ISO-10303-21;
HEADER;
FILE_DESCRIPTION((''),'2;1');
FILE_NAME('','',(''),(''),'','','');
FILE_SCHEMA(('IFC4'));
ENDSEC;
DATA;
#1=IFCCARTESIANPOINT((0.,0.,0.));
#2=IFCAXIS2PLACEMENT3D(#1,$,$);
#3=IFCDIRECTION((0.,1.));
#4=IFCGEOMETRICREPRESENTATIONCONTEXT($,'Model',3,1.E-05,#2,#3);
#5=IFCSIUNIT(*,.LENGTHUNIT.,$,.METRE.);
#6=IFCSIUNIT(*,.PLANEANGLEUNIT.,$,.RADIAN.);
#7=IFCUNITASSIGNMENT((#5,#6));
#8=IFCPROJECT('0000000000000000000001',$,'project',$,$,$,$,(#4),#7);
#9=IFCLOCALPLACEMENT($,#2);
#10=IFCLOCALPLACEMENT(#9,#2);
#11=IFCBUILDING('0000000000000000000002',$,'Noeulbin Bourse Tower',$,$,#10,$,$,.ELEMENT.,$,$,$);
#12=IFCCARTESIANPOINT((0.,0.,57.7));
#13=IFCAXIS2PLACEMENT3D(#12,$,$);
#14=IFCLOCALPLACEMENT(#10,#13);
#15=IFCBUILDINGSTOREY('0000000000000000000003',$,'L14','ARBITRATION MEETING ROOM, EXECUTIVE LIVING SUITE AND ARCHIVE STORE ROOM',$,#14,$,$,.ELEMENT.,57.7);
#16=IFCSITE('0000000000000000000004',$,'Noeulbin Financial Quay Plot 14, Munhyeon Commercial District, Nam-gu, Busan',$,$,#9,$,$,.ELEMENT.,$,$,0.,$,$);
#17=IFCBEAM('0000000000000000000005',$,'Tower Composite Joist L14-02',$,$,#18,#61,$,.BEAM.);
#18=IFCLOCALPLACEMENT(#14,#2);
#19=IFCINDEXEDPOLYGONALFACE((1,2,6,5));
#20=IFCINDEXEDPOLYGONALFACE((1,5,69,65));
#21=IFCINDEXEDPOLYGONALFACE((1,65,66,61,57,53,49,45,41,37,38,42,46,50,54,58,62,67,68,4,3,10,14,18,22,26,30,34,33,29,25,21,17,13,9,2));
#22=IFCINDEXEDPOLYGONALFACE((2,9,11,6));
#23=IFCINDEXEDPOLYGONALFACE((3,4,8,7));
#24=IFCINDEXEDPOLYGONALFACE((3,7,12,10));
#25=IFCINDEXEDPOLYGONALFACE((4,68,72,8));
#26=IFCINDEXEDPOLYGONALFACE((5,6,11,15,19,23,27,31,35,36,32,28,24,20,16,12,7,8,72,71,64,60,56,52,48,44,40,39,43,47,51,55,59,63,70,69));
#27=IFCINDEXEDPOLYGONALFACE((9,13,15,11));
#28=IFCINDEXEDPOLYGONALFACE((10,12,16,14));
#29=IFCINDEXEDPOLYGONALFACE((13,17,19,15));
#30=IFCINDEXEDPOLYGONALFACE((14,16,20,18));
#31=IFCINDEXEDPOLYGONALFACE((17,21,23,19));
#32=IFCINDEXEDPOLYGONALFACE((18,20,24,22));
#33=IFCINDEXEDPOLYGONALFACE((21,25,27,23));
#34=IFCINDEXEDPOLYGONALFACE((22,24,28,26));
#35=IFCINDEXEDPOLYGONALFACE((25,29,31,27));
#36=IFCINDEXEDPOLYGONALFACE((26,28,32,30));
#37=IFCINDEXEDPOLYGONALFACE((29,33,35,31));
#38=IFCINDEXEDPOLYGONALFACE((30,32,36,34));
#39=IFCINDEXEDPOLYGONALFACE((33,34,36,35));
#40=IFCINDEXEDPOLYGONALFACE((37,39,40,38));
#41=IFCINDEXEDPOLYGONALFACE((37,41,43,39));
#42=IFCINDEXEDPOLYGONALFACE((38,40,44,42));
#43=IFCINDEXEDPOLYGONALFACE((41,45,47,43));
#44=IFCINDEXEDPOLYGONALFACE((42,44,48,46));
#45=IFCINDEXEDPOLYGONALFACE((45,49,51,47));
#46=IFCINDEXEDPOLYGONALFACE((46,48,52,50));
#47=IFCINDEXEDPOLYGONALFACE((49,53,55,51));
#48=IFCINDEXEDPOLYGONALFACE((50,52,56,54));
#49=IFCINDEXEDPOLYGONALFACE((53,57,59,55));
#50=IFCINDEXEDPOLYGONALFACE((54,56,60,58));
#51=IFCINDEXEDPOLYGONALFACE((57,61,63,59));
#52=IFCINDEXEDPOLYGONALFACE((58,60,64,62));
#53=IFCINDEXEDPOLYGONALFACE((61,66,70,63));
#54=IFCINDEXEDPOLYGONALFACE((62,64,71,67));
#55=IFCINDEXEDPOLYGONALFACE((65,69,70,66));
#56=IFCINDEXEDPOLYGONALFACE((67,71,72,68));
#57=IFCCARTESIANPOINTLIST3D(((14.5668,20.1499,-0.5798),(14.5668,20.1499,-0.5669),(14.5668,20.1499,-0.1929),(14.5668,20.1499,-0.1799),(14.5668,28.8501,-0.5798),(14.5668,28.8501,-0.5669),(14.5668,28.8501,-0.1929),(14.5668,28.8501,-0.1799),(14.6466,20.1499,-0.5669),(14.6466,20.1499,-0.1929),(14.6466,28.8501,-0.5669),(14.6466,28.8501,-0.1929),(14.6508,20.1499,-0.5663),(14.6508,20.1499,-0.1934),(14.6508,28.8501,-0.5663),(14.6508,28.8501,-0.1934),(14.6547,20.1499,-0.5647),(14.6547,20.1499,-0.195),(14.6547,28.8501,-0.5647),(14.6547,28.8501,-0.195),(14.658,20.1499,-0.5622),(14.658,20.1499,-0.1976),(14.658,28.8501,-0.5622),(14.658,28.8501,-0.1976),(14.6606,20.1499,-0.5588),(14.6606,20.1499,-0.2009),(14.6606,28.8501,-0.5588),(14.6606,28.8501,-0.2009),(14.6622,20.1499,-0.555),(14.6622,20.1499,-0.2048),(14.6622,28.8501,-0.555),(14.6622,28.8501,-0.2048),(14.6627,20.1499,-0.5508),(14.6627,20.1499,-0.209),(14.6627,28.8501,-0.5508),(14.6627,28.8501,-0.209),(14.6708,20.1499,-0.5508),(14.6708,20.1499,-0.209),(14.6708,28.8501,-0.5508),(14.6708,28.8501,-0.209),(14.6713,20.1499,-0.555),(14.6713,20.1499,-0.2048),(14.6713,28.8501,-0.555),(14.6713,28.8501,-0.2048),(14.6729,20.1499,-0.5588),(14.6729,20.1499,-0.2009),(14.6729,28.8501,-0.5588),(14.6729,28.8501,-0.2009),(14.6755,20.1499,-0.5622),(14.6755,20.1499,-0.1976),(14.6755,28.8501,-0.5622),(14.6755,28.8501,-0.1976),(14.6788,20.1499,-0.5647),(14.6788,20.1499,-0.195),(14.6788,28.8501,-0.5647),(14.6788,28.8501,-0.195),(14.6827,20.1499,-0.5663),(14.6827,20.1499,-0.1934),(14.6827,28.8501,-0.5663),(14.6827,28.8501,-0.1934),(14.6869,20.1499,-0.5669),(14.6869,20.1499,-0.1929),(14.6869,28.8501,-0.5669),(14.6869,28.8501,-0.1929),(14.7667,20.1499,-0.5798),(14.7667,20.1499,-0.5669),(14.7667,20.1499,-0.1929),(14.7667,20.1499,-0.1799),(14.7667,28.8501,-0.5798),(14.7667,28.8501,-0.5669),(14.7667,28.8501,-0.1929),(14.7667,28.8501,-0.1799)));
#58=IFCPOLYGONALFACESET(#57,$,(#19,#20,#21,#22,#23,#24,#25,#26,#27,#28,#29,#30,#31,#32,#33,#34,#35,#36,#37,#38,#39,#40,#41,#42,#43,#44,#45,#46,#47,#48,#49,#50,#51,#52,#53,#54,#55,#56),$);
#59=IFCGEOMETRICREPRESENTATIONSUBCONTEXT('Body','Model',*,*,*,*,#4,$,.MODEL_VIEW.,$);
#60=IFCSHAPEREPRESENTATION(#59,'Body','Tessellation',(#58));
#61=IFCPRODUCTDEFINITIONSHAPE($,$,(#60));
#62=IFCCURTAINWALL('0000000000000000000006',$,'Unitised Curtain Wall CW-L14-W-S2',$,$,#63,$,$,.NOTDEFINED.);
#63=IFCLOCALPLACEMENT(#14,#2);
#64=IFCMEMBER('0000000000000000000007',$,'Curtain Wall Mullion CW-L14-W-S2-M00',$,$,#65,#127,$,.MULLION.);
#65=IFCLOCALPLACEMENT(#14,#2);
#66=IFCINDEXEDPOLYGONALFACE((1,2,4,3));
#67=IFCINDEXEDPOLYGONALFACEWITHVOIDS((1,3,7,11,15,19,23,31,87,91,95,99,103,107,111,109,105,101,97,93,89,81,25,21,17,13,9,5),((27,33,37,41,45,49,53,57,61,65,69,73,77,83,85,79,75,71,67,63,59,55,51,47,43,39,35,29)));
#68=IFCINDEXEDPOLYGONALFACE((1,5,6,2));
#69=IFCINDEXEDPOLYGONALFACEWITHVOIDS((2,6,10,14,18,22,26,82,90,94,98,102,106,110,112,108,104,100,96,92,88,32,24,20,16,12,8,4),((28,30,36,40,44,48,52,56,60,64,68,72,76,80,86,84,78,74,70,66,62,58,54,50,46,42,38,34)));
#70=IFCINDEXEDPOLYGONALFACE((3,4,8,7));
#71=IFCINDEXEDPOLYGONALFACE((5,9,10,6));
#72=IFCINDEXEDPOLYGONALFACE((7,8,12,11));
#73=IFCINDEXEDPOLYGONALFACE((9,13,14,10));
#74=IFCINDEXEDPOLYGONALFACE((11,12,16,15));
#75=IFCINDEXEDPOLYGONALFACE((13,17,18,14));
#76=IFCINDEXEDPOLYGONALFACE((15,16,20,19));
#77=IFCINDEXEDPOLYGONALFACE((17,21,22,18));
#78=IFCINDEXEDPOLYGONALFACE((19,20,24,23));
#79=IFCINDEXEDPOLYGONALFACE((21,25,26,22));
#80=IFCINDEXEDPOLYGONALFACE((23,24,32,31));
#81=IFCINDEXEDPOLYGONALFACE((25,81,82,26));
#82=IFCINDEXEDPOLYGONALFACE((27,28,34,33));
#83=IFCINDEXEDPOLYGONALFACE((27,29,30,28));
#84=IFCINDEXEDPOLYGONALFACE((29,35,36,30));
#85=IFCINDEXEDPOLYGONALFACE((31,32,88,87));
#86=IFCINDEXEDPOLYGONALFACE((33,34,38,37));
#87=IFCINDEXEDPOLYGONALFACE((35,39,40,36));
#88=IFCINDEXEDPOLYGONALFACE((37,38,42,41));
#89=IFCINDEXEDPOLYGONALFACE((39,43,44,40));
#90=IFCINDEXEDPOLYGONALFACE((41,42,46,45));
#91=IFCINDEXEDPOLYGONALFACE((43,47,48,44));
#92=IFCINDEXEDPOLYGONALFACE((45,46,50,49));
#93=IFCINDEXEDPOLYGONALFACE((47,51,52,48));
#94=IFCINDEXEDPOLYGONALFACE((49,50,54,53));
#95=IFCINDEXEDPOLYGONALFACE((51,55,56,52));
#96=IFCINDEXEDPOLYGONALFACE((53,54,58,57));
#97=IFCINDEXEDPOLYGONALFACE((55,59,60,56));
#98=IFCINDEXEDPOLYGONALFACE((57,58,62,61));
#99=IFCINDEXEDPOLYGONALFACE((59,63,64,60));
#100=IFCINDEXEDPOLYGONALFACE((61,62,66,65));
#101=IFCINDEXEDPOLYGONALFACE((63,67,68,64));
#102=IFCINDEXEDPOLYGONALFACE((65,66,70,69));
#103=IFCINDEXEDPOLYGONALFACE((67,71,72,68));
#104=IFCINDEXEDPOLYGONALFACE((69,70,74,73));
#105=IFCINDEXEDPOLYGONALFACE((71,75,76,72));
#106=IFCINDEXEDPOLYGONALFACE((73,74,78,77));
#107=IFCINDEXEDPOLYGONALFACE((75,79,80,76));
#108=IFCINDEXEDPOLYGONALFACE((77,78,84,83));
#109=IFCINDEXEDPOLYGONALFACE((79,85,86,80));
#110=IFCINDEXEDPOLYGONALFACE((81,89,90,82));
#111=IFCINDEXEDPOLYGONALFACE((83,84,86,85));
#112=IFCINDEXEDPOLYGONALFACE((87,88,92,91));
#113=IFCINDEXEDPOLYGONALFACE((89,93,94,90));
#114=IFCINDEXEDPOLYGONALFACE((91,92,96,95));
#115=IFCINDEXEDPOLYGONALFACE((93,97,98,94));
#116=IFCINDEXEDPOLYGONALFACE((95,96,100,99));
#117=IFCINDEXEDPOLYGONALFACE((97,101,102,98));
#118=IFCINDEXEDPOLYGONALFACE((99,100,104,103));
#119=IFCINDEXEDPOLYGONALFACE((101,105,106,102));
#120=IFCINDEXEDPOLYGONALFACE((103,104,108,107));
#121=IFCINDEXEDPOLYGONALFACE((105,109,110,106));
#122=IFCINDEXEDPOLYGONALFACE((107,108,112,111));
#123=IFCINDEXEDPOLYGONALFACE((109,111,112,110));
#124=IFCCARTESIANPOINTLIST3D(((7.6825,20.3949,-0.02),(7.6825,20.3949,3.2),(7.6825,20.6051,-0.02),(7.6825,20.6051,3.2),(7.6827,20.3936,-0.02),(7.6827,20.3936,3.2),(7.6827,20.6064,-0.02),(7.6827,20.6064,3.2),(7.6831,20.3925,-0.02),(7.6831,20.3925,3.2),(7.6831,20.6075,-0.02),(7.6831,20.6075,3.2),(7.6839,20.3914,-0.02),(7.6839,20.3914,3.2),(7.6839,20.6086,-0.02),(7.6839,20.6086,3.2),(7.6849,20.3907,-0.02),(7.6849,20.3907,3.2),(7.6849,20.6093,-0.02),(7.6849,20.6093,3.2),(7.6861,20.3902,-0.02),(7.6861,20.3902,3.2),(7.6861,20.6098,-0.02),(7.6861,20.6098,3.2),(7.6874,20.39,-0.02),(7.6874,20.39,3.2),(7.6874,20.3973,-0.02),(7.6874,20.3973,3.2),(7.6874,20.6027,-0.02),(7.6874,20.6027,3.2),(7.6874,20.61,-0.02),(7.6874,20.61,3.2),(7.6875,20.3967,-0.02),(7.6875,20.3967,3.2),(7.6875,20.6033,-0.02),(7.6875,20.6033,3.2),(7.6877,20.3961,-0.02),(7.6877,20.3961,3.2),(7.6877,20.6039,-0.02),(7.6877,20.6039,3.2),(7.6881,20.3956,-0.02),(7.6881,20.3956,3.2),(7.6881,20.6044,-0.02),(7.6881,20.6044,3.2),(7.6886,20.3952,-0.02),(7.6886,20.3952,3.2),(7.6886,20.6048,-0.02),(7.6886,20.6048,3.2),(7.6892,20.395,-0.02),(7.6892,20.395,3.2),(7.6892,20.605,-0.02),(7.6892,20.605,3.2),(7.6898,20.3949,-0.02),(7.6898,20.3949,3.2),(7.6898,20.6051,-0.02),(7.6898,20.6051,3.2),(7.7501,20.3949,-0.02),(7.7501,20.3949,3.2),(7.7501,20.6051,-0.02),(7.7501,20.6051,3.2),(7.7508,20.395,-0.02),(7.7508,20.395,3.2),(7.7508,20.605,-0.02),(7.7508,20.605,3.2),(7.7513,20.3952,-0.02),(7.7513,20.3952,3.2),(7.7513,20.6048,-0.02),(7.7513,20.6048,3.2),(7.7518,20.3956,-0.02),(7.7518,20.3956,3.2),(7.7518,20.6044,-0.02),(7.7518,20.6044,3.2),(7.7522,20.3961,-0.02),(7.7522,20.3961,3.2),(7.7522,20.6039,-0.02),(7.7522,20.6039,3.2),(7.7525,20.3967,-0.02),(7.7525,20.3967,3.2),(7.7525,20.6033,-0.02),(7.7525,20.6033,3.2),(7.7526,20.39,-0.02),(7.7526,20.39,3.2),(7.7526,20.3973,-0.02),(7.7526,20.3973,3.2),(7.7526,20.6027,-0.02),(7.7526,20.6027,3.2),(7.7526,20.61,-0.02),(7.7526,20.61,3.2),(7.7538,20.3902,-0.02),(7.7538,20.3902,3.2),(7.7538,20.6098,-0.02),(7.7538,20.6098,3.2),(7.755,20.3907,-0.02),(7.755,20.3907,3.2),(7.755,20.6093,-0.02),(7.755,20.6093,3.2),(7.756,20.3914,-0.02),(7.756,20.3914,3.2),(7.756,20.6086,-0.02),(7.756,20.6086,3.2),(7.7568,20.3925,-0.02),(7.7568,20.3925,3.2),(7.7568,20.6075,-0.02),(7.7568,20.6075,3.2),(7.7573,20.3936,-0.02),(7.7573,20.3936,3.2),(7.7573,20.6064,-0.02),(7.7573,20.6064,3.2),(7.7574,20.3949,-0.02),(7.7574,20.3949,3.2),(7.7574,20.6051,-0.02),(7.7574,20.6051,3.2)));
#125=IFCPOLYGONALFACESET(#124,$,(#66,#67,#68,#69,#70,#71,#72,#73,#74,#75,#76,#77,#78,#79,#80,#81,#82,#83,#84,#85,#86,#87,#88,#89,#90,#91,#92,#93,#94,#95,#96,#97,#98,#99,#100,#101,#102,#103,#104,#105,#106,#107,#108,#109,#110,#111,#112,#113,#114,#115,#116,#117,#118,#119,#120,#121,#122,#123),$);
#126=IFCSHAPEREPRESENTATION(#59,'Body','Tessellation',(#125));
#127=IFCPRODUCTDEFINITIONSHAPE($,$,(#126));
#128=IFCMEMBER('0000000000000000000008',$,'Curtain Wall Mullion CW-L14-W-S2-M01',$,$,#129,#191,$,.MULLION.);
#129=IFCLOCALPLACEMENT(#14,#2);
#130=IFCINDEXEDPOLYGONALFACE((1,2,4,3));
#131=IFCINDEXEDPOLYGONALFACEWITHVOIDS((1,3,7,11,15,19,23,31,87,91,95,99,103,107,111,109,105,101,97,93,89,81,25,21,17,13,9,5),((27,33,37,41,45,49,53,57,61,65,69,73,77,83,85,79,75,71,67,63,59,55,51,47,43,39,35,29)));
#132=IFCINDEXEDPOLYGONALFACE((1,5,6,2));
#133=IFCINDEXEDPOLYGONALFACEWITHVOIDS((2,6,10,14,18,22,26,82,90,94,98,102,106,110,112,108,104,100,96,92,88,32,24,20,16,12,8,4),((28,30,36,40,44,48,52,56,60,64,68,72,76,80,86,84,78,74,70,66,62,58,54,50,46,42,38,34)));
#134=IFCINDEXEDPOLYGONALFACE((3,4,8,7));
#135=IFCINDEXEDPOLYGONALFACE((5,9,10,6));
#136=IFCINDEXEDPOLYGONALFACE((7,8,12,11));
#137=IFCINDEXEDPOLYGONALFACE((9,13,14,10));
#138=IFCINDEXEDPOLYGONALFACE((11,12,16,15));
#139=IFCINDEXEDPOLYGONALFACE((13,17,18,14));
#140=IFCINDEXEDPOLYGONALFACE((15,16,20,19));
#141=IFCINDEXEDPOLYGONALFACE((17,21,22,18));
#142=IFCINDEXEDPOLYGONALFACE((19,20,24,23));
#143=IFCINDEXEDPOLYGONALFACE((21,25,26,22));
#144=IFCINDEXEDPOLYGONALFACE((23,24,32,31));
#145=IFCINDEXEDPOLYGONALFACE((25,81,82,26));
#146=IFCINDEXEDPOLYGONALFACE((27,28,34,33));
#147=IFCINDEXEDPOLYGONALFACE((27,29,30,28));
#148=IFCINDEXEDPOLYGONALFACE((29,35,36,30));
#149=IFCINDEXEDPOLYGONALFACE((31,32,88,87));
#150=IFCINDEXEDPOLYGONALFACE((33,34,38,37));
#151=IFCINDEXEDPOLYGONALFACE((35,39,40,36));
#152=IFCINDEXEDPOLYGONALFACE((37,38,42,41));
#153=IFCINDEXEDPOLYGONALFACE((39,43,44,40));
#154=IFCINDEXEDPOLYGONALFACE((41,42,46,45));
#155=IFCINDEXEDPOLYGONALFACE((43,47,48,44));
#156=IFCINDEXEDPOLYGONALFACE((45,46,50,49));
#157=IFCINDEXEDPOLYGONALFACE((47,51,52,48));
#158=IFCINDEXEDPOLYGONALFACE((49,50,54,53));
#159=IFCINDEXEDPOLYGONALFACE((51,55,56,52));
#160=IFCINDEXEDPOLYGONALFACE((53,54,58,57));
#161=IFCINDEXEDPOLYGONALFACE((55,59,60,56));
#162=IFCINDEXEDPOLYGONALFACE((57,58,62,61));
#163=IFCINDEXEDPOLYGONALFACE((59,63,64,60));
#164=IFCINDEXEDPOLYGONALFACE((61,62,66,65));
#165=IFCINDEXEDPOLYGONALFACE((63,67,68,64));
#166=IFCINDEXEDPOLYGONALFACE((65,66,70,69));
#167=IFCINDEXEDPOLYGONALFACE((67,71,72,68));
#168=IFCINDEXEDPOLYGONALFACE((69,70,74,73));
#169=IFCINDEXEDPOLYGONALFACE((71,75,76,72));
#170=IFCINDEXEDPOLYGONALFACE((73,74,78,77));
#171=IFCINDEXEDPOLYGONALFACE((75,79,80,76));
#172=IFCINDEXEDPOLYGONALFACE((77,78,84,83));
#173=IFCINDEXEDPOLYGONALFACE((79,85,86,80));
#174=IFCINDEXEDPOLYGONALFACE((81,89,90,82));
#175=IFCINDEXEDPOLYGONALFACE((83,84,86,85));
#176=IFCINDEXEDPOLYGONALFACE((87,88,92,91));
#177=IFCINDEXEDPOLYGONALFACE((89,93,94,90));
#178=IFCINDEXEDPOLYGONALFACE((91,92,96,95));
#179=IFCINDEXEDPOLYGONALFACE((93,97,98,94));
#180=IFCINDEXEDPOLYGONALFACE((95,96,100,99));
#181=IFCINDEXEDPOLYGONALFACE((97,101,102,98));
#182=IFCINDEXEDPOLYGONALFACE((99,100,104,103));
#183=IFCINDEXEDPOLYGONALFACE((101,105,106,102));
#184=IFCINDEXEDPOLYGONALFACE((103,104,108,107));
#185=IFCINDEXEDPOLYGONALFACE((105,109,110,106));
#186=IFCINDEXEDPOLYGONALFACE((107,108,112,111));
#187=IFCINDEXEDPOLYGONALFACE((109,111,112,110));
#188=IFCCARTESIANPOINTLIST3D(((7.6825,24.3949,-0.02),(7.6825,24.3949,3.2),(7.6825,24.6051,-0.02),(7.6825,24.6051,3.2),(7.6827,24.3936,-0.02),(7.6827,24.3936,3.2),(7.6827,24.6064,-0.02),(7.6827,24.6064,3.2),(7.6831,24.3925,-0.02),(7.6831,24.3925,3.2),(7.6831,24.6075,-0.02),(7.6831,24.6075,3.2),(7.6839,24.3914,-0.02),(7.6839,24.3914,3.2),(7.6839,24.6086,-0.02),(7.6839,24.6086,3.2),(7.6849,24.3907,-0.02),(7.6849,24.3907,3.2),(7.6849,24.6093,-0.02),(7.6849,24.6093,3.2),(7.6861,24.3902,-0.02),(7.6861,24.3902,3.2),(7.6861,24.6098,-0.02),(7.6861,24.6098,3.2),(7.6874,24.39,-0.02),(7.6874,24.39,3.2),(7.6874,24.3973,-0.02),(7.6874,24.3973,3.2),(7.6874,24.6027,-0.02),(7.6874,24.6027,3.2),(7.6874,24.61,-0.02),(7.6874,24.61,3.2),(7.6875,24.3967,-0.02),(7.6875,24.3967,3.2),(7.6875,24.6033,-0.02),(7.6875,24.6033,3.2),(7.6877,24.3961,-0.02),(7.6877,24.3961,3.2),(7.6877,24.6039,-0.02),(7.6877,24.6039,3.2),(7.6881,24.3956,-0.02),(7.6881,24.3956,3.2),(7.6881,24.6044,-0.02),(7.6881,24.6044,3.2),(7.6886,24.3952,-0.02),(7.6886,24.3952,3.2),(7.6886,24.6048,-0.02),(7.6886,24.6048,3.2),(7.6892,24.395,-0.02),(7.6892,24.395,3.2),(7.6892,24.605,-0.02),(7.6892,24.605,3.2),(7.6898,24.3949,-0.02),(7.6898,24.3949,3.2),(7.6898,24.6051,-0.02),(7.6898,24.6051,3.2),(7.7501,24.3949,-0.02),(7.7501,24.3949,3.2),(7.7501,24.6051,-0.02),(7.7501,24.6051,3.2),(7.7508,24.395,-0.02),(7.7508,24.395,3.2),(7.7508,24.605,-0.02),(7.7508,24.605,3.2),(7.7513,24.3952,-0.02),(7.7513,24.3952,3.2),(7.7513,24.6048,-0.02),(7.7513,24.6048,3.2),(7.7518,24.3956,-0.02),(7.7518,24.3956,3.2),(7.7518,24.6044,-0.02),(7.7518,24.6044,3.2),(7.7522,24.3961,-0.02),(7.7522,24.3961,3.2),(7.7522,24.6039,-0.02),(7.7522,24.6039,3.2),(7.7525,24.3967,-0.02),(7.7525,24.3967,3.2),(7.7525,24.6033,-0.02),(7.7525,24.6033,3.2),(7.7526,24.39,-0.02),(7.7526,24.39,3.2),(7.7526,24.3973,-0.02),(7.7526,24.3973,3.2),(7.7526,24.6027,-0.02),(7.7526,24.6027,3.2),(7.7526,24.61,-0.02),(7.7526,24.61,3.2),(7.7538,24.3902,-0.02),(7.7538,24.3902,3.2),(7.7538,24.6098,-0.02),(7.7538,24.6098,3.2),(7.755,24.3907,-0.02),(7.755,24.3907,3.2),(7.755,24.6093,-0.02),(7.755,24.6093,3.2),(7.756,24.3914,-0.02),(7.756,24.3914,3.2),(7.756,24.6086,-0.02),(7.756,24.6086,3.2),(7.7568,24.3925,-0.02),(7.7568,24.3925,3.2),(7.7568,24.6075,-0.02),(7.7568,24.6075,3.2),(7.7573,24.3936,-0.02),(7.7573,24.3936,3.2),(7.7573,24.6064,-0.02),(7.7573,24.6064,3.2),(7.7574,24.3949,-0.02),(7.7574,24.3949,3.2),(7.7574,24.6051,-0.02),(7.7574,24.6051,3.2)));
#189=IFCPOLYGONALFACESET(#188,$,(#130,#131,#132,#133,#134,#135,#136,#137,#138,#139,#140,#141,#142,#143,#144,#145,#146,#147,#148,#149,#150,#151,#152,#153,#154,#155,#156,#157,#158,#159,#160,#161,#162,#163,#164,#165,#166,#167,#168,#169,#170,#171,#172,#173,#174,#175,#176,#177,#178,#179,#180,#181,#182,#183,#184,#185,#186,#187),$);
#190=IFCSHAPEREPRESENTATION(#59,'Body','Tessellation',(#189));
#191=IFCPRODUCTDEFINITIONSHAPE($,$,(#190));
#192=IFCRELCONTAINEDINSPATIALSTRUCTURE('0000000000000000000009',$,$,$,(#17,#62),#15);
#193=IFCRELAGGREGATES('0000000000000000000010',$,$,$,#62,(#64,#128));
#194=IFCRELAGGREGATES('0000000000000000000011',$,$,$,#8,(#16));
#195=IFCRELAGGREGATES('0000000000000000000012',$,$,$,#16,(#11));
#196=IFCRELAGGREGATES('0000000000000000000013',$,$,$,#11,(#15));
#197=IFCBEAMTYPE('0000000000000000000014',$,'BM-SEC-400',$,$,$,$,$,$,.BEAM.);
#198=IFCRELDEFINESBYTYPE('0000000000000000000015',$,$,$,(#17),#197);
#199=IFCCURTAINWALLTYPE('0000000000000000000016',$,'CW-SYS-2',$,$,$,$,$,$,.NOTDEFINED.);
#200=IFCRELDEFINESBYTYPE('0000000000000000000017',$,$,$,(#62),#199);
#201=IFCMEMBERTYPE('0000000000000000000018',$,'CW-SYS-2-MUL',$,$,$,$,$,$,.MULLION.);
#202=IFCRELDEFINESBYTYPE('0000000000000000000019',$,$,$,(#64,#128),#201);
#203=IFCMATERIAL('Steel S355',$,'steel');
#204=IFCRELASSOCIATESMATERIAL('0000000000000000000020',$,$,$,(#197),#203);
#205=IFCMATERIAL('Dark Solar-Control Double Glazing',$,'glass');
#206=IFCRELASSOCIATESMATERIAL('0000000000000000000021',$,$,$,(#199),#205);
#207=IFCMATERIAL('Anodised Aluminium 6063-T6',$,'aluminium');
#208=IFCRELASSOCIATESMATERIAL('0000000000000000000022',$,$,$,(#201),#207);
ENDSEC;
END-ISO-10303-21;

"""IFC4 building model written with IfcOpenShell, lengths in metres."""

from ifc_helpers import new_model, si_unit, direction, frame, origin, origin_2d, place, context, subcontext, project, spatial, hollow_rectangle, i_section, extrude, material, material_profile, profile_set, type_object, element, aggregate, save


model = new_model("IFC4")

# Units and contexts
model_context = context("Model", 3, precision=1e-05, world=origin(), true_north=direction((0.0, 1.0)))
body_context = subcontext(model_context, "Body", "Model", "MODEL_VIEW")
ifc_project = project(units=[si_unit("LENGTHUNIT", "METRE"), si_unit("PLANEANGLEUNIT", "RADIAN")], contexts=[model_context])

# Site, building, storey
site_placement = place(None, origin())
site = spatial("IfcSite", under=ifc_project, at=site_placement, Name="Noeulbin Financial Quay Plot 14, Munhyeon Commercial District, Nam-gu, Busan", CompositionType="ELEMENT", RefElevation=0.0)
building_placement = place(site_placement, origin())
building = spatial("IfcBuilding", under=site, at=building_placement, Name="Noeulbin Bourse Tower", CompositionType="ELEMENT")
storey_placement = place(building_placement, frame((0.0, 0.0, 57.7)))
storey = spatial("IfcBuildingStorey", under=building, at=storey_placement, Name="L14", Description="ARBITRATION MEETING ROOM, EXECUTIVE LIVING SUITE AND ARCHIVE STORE ROOM", CompositionType="ELEMENT", Elevation=57.7)

# Beam
ifc_material_1 = material(Name="Steel S355", Category="steel")
ifc_material_profile_1 = material_profile(ifc_material_1, i_section(OverallWidth=0.2, OverallDepth=0.3999, WebThickness=0.0081, FlangeThickness=0.0129, FilletRadius=0.0161, at=origin_2d()), Name="H-400x200x8x13", Category="LoadBearing")
ifc_profile_set_1 = profile_set([ifc_material_profile_1], Name="Steel S355")
beam_type_1 = type_object("IfcBeamType", Name="BM-SEC-400", PredefinedType="BEAM", material=ifc_profile_set_1)
beam_1_placement = place(storey_placement, frame((14.6667, 20.1499, -0.3799), z_axis=(0.0, 1.0, 0.0), x_axis=(-1.0, 0.0, 0.0)))
element("IfcBeam", 1, at=beam_1_placement, inside=storey, type_object=beam_type_1, Name="Tower Composite Joist L14-02", PredefinedType="BEAM", context=body_context, shape_type="SweptSolid", body=[
    extrude(i_section(OverallWidth=0.2, OverallDepth=0.3999, WebThickness=0.0081, FlangeThickness=0.0129, FilletRadius=0.0161, at=origin_2d()), origin(), (0.0, 0.0, 1.0), 8.7002),
])

# Curtain wall, members
ifc_material_2 = material(Name="Dark Solar-Control Double Glazing", Category="glass")
curtain_wall_type = type_object("IfcCurtainWallType", Name="CW-SYS-2", PredefinedType="NOTDEFINED", material=ifc_material_2)
curtain_wall_placement = place(storey_placement, origin())
curtain_wall = element("IfcCurtainWall", 2, at=curtain_wall_placement, inside=storey, type_object=curtain_wall_type, Name="Unitised Curtain Wall CW-L14-W-S2", PredefinedType="NOTDEFINED")
ifc_material_3 = material(Name="Anodised Aluminium 6063-T6", Category="aluminium")
ifc_material_profile_2 = material_profile(ifc_material_3, hollow_rectangle(XDim=0.075, YDim=0.22, WallThickness=0.0049, InnerFilletRadius=0.0024, OuterFilletRadius=0.0049, at=origin_2d()), Name="ALU-MULL-75x220x5", Category="LoadBearing")
ifc_profile_set_2 = profile_set([ifc_material_profile_2], Name="Anodised Aluminium 6063-T6")
member_type_1 = type_object("IfcMemberType", Name="CW-SYS-2-MUL", PredefinedType="MULLION", material=ifc_profile_set_2)
member_1_placement = place(storey_placement, frame((7.72, 20.5, -0.02), z_axis=(0.0, 0.0, 1.0), x_axis=(1.0, 0.0, 0.0)))
member_1 = element("IfcMember", 3, at=member_1_placement, type_object=member_type_1, Name="Curtain Wall Mullion CW-L14-W-S2-M00", PredefinedType="MULLION", context=body_context, shape_type="SweptSolid", body=[
    extrude(hollow_rectangle(XDim=0.075, YDim=0.22, WallThickness=0.0049, InnerFilletRadius=0.0024, OuterFilletRadius=0.0049, at=origin_2d()), origin(), (0.0, 0.0, 1.0), 3.22),
])
member_2_placement = place(storey_placement, frame((7.72, 24.5, -0.02), z_axis=(0.0, 0.0, 1.0), x_axis=(1.0, 0.0, 0.0)))
member_2 = element("IfcMember", 4, at=member_2_placement, type_object=member_type_1, Name="Curtain Wall Mullion CW-L14-W-S2-M01", PredefinedType="MULLION", context=body_context, shape_type="SweptSolid", body=[
    extrude(hollow_rectangle(XDim=0.075, YDim=0.22, WallThickness=0.0049, InnerFilletRadius=0.0024, OuterFilletRadius=0.0049, at=origin_2d()), origin(), (0.0, 0.0, 1.0), 3.22),
])
aggregate(curtain_wall, [member_1, member_2])

save(model, "model.ifc")
